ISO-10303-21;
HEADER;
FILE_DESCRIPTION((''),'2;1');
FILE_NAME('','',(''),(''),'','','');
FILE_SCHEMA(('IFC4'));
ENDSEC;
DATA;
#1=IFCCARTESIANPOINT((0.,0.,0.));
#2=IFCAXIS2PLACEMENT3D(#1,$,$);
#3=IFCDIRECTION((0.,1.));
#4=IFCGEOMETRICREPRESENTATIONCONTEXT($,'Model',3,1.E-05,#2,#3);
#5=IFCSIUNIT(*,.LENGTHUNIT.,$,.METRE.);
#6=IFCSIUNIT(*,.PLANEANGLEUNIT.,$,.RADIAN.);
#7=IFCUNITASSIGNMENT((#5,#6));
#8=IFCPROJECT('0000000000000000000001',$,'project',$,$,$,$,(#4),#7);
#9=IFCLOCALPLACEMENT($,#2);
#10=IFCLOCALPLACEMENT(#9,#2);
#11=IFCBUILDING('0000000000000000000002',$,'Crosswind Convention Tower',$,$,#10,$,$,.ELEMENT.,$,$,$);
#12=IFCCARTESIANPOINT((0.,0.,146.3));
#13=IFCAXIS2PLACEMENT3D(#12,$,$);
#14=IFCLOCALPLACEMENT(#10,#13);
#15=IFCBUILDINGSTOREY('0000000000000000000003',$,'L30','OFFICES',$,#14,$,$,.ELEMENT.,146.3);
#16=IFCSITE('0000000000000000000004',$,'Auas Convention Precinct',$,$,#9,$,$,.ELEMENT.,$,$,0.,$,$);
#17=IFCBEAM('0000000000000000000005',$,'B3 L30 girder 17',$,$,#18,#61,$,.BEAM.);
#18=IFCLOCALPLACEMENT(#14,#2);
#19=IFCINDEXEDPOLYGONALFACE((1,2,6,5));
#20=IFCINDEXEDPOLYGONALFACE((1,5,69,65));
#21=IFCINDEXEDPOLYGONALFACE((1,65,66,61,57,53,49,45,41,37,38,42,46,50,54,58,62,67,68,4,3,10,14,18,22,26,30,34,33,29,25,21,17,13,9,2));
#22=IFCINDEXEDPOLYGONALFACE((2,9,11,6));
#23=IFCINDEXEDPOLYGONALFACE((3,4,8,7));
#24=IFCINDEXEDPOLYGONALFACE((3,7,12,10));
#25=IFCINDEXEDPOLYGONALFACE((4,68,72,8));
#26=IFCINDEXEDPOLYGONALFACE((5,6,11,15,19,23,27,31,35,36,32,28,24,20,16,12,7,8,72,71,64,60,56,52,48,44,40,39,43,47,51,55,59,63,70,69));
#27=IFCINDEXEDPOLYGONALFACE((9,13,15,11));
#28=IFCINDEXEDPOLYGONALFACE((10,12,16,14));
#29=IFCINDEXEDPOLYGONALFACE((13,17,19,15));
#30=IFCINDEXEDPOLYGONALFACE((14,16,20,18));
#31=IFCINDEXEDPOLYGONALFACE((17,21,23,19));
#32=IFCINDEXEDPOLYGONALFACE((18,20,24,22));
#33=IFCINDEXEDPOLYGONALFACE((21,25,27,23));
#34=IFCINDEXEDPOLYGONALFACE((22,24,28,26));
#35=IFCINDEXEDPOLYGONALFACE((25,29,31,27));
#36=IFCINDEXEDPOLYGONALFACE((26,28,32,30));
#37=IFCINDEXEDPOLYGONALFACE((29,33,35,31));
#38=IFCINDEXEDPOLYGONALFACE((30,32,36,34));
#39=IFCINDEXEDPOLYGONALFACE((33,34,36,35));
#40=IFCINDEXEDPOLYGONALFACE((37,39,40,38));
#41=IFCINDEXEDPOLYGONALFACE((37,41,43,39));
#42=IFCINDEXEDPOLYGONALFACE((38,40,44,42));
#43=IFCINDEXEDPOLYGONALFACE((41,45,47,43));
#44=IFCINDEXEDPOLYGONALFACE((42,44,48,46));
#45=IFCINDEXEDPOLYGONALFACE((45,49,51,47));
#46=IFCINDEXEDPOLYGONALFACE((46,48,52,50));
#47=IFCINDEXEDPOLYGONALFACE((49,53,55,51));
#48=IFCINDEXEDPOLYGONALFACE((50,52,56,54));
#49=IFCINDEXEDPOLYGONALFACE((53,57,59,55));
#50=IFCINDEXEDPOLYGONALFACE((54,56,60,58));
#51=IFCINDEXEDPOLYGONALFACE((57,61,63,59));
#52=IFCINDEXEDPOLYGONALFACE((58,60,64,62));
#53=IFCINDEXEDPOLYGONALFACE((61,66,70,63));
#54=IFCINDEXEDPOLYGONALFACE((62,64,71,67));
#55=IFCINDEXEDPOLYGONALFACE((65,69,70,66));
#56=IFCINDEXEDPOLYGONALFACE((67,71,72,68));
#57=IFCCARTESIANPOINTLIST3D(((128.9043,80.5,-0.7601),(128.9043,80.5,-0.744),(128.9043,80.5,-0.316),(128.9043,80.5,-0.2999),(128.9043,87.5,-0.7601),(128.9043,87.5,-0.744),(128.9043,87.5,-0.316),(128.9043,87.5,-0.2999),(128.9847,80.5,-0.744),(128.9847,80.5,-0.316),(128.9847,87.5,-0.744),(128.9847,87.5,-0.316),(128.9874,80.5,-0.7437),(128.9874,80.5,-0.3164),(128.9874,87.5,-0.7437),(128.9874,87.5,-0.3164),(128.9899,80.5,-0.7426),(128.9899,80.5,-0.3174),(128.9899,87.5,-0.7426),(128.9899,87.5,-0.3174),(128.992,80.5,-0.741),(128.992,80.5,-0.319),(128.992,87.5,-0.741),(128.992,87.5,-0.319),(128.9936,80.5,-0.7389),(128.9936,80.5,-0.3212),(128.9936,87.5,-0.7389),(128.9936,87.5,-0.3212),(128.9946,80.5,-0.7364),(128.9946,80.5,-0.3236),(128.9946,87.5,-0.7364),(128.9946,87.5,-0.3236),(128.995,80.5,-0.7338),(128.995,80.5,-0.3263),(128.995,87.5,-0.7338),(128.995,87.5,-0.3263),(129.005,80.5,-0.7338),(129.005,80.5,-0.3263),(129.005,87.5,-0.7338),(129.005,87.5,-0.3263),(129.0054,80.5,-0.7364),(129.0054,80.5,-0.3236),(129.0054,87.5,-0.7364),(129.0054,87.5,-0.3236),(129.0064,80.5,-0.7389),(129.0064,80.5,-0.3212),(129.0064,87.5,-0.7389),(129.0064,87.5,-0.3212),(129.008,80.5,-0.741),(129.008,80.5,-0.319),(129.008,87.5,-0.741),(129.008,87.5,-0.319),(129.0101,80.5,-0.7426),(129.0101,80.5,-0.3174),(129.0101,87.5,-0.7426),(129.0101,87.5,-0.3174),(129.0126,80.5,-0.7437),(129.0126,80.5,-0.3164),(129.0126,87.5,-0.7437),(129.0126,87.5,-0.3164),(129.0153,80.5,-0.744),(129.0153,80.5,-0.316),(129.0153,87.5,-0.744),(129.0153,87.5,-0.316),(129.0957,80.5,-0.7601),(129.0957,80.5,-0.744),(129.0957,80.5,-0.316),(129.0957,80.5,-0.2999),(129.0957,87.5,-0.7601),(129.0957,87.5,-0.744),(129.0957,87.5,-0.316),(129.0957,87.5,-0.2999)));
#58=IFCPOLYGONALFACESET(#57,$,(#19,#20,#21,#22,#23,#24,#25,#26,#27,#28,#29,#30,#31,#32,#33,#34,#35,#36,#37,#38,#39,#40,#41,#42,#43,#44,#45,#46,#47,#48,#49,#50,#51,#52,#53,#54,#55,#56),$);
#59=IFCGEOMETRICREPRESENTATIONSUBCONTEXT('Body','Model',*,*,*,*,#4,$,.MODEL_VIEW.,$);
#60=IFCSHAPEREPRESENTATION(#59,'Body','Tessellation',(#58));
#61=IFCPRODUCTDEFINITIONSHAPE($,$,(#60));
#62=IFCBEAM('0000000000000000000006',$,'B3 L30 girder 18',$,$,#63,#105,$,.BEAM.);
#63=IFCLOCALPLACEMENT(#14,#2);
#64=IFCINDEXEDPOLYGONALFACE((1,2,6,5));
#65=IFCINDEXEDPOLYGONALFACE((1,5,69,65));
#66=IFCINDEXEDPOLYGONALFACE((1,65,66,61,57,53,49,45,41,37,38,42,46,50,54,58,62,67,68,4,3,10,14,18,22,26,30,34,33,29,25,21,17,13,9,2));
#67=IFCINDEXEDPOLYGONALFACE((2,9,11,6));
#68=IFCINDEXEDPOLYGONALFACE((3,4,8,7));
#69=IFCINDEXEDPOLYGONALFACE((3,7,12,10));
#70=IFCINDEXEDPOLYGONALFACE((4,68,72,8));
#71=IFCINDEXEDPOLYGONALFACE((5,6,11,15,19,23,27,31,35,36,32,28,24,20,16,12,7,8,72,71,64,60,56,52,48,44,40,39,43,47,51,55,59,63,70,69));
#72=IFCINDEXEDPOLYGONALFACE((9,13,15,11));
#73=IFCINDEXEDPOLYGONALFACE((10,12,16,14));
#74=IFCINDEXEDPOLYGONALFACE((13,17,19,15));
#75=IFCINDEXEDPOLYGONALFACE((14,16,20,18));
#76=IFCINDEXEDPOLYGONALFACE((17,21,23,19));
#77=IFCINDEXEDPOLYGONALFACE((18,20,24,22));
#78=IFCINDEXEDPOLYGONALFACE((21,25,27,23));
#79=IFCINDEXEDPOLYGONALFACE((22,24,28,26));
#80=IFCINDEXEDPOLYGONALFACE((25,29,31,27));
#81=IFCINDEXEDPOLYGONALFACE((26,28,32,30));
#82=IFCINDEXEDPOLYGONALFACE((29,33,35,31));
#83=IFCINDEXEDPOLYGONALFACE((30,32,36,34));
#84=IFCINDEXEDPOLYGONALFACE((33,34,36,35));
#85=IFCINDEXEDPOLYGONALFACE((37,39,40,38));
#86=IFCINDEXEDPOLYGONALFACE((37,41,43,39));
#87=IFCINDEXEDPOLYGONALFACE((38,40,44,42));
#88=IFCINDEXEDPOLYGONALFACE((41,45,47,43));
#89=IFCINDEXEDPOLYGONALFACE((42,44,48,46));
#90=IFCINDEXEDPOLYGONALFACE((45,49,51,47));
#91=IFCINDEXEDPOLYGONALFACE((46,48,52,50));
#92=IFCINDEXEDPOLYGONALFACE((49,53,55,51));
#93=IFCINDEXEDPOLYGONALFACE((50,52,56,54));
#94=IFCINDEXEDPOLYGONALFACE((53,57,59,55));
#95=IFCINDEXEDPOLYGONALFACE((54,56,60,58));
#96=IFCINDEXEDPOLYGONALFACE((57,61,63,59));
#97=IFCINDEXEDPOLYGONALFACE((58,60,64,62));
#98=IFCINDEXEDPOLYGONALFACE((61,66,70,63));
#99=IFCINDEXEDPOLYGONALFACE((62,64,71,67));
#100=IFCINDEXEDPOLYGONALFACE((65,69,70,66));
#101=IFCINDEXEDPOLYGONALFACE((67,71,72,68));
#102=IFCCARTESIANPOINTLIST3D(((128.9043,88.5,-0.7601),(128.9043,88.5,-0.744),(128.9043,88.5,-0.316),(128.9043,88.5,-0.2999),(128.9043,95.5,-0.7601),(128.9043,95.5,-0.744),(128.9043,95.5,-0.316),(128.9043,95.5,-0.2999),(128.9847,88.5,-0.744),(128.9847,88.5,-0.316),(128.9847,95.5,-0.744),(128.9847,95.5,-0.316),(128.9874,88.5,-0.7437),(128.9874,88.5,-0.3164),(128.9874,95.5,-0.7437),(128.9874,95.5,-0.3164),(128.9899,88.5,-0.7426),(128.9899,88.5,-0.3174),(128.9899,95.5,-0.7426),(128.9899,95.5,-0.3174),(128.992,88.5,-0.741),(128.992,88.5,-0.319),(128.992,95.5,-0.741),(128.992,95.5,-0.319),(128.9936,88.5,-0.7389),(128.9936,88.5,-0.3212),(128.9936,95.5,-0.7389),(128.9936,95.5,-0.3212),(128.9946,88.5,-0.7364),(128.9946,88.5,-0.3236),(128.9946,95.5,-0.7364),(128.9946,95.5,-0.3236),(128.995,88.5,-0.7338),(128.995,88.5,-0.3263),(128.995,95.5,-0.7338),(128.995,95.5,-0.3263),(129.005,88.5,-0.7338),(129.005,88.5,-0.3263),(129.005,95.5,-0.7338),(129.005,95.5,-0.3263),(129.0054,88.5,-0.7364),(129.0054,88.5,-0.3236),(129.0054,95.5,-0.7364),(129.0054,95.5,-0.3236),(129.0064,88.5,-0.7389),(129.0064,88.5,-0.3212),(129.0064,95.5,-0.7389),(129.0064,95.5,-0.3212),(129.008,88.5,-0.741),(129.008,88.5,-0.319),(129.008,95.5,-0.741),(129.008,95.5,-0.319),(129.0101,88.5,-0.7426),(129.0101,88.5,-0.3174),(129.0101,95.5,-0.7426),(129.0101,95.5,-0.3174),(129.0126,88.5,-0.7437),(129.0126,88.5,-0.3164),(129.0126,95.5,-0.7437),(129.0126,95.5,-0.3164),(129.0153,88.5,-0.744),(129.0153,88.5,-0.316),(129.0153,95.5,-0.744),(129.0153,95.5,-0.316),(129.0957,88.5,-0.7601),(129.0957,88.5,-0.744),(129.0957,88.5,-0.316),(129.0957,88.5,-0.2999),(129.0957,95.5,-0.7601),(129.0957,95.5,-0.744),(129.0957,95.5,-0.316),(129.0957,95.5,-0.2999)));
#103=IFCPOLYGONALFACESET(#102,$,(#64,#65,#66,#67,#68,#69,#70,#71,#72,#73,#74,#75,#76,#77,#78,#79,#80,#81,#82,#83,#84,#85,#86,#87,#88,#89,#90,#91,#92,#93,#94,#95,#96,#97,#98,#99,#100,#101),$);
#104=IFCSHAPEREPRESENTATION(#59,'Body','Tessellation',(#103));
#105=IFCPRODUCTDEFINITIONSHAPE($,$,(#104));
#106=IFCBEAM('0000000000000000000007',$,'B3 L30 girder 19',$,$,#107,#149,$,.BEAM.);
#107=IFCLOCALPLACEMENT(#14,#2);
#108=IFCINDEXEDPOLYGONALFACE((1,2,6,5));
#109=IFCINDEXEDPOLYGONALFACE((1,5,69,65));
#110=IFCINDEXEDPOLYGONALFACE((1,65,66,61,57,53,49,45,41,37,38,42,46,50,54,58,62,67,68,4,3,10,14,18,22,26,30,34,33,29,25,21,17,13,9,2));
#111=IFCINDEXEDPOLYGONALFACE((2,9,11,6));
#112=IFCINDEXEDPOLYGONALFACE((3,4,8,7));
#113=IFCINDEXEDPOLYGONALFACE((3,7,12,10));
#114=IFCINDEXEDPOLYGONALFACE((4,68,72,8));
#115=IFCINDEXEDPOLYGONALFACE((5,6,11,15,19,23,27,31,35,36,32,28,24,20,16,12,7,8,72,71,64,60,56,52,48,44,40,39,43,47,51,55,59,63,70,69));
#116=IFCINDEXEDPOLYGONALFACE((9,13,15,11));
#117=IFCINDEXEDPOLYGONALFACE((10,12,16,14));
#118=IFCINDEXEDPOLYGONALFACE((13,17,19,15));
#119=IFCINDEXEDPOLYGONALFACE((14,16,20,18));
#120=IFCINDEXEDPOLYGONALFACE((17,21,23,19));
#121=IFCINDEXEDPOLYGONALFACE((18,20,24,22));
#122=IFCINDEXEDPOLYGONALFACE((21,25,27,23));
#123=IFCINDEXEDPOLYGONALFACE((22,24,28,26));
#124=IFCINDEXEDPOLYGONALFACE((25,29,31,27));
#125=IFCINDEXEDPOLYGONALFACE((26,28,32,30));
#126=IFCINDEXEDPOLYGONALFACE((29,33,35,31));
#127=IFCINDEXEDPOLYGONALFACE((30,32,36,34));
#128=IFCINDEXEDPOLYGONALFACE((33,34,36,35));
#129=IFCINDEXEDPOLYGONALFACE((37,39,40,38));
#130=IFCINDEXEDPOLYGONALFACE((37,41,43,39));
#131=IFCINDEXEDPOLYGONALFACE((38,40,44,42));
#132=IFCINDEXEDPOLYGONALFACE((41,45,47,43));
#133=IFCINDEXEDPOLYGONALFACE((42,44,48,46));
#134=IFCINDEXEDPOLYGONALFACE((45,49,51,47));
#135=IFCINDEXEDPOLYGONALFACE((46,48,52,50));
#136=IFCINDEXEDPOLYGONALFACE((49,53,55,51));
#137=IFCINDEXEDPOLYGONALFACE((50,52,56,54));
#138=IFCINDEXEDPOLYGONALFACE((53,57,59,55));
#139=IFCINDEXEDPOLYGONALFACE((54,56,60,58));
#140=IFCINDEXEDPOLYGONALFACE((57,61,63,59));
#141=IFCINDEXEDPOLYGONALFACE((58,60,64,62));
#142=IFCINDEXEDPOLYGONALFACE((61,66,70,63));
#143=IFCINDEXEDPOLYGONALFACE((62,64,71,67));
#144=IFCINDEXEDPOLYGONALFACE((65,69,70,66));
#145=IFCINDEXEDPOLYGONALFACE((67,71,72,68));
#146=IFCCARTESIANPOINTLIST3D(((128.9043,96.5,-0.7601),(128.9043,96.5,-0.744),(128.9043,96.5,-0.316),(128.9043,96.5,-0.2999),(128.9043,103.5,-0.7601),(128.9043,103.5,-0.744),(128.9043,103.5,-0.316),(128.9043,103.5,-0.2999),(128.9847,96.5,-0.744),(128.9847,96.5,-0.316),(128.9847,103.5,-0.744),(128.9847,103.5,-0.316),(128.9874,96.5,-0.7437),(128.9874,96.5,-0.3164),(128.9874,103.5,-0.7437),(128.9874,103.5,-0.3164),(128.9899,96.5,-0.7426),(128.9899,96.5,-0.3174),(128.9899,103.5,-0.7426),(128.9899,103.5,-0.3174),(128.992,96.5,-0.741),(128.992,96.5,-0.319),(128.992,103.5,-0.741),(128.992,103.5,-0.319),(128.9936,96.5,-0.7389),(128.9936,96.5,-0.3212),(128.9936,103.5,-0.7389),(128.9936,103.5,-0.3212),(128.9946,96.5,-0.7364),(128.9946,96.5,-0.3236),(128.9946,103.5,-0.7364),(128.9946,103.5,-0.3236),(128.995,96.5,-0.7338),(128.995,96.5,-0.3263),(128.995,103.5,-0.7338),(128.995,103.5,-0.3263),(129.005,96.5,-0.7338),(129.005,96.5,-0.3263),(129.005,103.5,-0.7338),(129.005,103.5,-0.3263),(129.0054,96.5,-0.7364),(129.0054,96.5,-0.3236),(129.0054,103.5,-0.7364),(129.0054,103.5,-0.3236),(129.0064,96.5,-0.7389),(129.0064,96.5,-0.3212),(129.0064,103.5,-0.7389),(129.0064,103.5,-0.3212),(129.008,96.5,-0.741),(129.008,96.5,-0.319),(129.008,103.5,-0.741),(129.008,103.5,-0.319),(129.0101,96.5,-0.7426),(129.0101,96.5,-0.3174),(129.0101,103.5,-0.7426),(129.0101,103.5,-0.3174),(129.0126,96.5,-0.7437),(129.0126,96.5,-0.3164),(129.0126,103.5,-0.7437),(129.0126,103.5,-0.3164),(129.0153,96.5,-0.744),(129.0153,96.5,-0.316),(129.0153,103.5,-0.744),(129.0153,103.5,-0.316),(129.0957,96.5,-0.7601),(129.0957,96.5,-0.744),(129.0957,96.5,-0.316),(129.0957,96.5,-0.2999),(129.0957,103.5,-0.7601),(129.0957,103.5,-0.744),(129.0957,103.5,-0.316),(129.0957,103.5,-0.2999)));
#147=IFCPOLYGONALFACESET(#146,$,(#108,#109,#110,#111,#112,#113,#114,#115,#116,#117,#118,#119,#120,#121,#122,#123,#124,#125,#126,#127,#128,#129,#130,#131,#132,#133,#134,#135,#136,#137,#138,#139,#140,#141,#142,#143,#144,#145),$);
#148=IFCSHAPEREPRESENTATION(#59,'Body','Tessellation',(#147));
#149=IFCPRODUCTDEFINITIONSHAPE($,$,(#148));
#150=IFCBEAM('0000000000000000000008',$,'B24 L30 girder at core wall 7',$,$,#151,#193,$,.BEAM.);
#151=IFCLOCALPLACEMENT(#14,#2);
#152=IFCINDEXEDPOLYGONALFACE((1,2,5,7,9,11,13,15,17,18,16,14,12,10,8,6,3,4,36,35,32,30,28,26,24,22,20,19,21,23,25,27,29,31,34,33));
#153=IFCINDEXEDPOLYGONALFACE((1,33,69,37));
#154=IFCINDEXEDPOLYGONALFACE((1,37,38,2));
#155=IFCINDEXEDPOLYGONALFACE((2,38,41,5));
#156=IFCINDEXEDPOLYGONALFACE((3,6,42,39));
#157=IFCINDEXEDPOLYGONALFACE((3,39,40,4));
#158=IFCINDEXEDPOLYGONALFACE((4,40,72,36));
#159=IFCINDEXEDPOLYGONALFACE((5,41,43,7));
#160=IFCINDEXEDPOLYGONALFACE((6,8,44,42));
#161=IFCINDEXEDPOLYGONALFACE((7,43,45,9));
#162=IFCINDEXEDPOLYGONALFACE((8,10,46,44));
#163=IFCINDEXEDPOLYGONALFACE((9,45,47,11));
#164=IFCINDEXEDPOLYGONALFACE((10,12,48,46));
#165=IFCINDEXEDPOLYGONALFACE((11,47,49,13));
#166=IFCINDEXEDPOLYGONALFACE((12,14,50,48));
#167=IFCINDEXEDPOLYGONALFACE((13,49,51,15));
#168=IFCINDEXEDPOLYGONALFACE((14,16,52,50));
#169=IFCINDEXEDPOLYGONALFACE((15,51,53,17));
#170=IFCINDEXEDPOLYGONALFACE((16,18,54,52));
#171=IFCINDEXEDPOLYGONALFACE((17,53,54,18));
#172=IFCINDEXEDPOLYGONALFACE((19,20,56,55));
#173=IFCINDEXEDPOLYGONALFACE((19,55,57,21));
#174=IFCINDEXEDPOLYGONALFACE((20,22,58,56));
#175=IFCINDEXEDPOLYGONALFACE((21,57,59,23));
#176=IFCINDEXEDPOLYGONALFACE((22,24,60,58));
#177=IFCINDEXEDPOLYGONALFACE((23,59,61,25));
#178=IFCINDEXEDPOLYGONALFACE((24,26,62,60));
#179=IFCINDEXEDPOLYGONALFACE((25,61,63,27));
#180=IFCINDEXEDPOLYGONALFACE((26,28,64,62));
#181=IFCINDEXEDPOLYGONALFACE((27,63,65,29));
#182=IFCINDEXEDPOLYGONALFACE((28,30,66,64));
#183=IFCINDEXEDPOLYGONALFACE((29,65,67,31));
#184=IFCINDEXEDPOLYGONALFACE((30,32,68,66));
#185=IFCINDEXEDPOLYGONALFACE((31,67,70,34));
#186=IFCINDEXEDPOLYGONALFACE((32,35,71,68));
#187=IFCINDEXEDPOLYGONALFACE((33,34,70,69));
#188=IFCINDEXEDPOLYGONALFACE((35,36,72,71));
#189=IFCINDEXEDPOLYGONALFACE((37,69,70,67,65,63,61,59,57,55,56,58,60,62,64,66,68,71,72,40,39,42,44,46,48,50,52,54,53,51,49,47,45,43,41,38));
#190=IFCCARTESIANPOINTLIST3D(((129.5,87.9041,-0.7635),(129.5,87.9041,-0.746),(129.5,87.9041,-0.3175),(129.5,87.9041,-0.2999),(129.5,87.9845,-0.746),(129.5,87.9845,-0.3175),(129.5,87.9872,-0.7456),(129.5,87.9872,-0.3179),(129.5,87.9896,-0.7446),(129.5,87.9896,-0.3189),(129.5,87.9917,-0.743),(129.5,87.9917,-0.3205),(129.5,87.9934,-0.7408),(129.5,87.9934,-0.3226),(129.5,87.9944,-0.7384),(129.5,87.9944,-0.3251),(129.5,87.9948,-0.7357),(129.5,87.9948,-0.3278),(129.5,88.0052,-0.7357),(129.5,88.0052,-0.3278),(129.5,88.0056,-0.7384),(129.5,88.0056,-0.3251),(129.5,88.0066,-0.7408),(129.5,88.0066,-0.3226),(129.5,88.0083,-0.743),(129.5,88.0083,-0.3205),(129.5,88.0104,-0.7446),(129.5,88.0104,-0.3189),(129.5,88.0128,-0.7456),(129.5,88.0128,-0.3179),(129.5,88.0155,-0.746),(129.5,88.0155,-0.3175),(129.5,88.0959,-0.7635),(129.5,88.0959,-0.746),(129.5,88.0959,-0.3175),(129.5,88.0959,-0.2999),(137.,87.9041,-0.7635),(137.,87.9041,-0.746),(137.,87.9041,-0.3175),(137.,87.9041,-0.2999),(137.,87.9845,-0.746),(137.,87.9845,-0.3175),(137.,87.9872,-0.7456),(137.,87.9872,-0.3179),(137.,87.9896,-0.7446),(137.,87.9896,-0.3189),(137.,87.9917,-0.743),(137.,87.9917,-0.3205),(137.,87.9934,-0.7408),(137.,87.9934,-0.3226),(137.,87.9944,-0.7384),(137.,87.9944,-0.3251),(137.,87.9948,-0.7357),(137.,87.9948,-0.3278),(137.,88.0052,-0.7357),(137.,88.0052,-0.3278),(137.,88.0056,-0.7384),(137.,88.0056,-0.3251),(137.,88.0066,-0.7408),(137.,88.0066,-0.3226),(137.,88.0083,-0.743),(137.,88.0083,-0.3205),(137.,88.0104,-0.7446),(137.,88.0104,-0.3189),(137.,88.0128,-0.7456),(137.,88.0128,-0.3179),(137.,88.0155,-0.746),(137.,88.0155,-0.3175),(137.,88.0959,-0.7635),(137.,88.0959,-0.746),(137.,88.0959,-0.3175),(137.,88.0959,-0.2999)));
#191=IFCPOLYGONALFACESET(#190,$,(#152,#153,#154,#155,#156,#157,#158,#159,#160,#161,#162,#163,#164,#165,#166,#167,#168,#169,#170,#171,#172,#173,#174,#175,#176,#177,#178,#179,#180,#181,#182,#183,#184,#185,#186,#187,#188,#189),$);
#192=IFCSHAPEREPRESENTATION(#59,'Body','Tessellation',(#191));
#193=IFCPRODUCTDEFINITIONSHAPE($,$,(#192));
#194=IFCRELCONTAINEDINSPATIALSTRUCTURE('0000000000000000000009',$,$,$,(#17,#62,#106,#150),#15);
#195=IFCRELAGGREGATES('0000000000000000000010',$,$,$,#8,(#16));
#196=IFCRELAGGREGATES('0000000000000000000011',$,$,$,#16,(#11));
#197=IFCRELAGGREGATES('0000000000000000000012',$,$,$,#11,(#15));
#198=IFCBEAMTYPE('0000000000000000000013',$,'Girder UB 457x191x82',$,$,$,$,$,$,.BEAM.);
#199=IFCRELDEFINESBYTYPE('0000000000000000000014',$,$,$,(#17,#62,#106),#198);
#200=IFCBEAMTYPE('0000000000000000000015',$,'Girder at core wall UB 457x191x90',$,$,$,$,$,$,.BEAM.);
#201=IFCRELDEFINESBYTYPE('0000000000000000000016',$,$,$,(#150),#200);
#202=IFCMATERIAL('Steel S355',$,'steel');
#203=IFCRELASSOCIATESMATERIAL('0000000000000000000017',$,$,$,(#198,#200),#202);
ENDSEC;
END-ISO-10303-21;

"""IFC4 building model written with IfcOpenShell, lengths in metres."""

from ifc_helpers import new_model, si_unit, direction, frame, origin, origin_2d, place, context, subcontext, project, spatial, i_section, extrude, material, material_profile, profile_set, type_object, element, save


model = new_model("IFC4")

# Units and contexts
model_context = context("Model", 3, precision=1e-05, world=origin(), true_north=direction((0.0, 1.0)))
body_context = subcontext(model_context, "Body", "Model", "MODEL_VIEW")
ifc_project = project(units=[si_unit("LENGTHUNIT", "METRE"), si_unit("PLANEANGLEUNIT", "RADIAN")], contexts=[model_context])

# Site, building, storey
site_placement = place(None, origin())
site = spatial("IfcSite", under=ifc_project, at=site_placement, Name="Auas Convention Precinct", CompositionType="ELEMENT", RefElevation=0.0)
building_placement = place(site_placement, origin())
building = spatial("IfcBuilding", under=site, at=building_placement, Name="Crosswind Convention Tower", CompositionType="ELEMENT")
storey_placement = place(building_placement, frame((0.0, 0.0, 146.3)))
storey = spatial("IfcBuildingStorey", under=building, at=storey_placement, Name="L30", Description="OFFICES", CompositionType="ELEMENT", Elevation=146.3)

# Beams
ifc_material_1 = material(Name="Steel S355", Category="steel")
ifc_material_profile_1 = material_profile(ifc_material_1, i_section(OverallWidth=0.1914, OverallDepth=0.4602, WebThickness=0.01, FlangeThickness=0.0161, FilletRadius=0.0103, at=origin_2d()), Name="UB 457x191x82")
ifc_profile_set_1 = profile_set([ifc_material_profile_1], Name="Steel S355")
beam_type_1 = type_object("IfcBeamType", Name="Girder UB 457x191x82", PredefinedType="BEAM", material=ifc_profile_set_1)
for number, where, z_axis, x_axis, name in (
    (1, (129.0, 80.5, -0.53), (0.0, 1.0, 0.0), (-1.0, 0.0, 0.0), "B3 L30 girder 17"),
    (2, (129.0, 88.5, -0.53), (0.0, 1.0, 0.0), (-1.0, 0.0, 0.0), "B3 L30 girder 18"),
    (3, (129.0, 96.5, -0.53), (0.0, 1.0, 0.0), (-1.0, 0.0, 0.0), "B3 L30 girder 19"),
):
    element("IfcBeam", number, at=place(storey_placement, frame(where, z_axis=z_axis, x_axis=x_axis)), inside=storey, type_object=beam_type_1, Name=name, PredefinedType="BEAM", context=body_context, shape_type="SweptSolid", body=[
        extrude(i_section(OverallWidth=0.1914, OverallDepth=0.4602, WebThickness=0.01, FlangeThickness=0.0161, FilletRadius=0.0103, at=origin_2d()), origin(), (0.0, 0.0, 1.0), 7.0),
    ])
ifc_material_profile_2 = material_profile(ifc_material_1, i_section(OverallWidth=0.1919, OverallDepth=0.4636, WebThickness=0.0105, FlangeThickness=0.0176, FilletRadius=0.0103, at=origin_2d()), Name="UB 457x191x90")
ifc_profile_set_2 = profile_set([ifc_material_profile_2], Name="Steel S355")
beam_type_2 = type_object("IfcBeamType", Name="Girder at core wall UB 457x191x90", PredefinedType="BEAM", material=ifc_profile_set_2)
for number, where, z_axis, x_axis, name in (
    (4, (129.5, 88.0, -0.5317), (1.0, 0.0, 0.0), (0.0, 1.0, 0.0), "B24 L30 girder at core wall 7"),
):
    element("IfcBeam", number, at=place(storey_placement, frame(where, z_axis=z_axis, x_axis=x_axis)), inside=storey, type_object=beam_type_2, Name=name, PredefinedType="BEAM", context=body_context, shape_type="SweptSolid", body=[
        extrude(i_section(OverallWidth=0.1919, OverallDepth=0.4636, WebThickness=0.0105, FlangeThickness=0.0176, FilletRadius=0.0103, at=origin_2d()), origin(), (0.0, 0.0, 1.0), 7.5),
    ])

save(model, "model.ifc")
